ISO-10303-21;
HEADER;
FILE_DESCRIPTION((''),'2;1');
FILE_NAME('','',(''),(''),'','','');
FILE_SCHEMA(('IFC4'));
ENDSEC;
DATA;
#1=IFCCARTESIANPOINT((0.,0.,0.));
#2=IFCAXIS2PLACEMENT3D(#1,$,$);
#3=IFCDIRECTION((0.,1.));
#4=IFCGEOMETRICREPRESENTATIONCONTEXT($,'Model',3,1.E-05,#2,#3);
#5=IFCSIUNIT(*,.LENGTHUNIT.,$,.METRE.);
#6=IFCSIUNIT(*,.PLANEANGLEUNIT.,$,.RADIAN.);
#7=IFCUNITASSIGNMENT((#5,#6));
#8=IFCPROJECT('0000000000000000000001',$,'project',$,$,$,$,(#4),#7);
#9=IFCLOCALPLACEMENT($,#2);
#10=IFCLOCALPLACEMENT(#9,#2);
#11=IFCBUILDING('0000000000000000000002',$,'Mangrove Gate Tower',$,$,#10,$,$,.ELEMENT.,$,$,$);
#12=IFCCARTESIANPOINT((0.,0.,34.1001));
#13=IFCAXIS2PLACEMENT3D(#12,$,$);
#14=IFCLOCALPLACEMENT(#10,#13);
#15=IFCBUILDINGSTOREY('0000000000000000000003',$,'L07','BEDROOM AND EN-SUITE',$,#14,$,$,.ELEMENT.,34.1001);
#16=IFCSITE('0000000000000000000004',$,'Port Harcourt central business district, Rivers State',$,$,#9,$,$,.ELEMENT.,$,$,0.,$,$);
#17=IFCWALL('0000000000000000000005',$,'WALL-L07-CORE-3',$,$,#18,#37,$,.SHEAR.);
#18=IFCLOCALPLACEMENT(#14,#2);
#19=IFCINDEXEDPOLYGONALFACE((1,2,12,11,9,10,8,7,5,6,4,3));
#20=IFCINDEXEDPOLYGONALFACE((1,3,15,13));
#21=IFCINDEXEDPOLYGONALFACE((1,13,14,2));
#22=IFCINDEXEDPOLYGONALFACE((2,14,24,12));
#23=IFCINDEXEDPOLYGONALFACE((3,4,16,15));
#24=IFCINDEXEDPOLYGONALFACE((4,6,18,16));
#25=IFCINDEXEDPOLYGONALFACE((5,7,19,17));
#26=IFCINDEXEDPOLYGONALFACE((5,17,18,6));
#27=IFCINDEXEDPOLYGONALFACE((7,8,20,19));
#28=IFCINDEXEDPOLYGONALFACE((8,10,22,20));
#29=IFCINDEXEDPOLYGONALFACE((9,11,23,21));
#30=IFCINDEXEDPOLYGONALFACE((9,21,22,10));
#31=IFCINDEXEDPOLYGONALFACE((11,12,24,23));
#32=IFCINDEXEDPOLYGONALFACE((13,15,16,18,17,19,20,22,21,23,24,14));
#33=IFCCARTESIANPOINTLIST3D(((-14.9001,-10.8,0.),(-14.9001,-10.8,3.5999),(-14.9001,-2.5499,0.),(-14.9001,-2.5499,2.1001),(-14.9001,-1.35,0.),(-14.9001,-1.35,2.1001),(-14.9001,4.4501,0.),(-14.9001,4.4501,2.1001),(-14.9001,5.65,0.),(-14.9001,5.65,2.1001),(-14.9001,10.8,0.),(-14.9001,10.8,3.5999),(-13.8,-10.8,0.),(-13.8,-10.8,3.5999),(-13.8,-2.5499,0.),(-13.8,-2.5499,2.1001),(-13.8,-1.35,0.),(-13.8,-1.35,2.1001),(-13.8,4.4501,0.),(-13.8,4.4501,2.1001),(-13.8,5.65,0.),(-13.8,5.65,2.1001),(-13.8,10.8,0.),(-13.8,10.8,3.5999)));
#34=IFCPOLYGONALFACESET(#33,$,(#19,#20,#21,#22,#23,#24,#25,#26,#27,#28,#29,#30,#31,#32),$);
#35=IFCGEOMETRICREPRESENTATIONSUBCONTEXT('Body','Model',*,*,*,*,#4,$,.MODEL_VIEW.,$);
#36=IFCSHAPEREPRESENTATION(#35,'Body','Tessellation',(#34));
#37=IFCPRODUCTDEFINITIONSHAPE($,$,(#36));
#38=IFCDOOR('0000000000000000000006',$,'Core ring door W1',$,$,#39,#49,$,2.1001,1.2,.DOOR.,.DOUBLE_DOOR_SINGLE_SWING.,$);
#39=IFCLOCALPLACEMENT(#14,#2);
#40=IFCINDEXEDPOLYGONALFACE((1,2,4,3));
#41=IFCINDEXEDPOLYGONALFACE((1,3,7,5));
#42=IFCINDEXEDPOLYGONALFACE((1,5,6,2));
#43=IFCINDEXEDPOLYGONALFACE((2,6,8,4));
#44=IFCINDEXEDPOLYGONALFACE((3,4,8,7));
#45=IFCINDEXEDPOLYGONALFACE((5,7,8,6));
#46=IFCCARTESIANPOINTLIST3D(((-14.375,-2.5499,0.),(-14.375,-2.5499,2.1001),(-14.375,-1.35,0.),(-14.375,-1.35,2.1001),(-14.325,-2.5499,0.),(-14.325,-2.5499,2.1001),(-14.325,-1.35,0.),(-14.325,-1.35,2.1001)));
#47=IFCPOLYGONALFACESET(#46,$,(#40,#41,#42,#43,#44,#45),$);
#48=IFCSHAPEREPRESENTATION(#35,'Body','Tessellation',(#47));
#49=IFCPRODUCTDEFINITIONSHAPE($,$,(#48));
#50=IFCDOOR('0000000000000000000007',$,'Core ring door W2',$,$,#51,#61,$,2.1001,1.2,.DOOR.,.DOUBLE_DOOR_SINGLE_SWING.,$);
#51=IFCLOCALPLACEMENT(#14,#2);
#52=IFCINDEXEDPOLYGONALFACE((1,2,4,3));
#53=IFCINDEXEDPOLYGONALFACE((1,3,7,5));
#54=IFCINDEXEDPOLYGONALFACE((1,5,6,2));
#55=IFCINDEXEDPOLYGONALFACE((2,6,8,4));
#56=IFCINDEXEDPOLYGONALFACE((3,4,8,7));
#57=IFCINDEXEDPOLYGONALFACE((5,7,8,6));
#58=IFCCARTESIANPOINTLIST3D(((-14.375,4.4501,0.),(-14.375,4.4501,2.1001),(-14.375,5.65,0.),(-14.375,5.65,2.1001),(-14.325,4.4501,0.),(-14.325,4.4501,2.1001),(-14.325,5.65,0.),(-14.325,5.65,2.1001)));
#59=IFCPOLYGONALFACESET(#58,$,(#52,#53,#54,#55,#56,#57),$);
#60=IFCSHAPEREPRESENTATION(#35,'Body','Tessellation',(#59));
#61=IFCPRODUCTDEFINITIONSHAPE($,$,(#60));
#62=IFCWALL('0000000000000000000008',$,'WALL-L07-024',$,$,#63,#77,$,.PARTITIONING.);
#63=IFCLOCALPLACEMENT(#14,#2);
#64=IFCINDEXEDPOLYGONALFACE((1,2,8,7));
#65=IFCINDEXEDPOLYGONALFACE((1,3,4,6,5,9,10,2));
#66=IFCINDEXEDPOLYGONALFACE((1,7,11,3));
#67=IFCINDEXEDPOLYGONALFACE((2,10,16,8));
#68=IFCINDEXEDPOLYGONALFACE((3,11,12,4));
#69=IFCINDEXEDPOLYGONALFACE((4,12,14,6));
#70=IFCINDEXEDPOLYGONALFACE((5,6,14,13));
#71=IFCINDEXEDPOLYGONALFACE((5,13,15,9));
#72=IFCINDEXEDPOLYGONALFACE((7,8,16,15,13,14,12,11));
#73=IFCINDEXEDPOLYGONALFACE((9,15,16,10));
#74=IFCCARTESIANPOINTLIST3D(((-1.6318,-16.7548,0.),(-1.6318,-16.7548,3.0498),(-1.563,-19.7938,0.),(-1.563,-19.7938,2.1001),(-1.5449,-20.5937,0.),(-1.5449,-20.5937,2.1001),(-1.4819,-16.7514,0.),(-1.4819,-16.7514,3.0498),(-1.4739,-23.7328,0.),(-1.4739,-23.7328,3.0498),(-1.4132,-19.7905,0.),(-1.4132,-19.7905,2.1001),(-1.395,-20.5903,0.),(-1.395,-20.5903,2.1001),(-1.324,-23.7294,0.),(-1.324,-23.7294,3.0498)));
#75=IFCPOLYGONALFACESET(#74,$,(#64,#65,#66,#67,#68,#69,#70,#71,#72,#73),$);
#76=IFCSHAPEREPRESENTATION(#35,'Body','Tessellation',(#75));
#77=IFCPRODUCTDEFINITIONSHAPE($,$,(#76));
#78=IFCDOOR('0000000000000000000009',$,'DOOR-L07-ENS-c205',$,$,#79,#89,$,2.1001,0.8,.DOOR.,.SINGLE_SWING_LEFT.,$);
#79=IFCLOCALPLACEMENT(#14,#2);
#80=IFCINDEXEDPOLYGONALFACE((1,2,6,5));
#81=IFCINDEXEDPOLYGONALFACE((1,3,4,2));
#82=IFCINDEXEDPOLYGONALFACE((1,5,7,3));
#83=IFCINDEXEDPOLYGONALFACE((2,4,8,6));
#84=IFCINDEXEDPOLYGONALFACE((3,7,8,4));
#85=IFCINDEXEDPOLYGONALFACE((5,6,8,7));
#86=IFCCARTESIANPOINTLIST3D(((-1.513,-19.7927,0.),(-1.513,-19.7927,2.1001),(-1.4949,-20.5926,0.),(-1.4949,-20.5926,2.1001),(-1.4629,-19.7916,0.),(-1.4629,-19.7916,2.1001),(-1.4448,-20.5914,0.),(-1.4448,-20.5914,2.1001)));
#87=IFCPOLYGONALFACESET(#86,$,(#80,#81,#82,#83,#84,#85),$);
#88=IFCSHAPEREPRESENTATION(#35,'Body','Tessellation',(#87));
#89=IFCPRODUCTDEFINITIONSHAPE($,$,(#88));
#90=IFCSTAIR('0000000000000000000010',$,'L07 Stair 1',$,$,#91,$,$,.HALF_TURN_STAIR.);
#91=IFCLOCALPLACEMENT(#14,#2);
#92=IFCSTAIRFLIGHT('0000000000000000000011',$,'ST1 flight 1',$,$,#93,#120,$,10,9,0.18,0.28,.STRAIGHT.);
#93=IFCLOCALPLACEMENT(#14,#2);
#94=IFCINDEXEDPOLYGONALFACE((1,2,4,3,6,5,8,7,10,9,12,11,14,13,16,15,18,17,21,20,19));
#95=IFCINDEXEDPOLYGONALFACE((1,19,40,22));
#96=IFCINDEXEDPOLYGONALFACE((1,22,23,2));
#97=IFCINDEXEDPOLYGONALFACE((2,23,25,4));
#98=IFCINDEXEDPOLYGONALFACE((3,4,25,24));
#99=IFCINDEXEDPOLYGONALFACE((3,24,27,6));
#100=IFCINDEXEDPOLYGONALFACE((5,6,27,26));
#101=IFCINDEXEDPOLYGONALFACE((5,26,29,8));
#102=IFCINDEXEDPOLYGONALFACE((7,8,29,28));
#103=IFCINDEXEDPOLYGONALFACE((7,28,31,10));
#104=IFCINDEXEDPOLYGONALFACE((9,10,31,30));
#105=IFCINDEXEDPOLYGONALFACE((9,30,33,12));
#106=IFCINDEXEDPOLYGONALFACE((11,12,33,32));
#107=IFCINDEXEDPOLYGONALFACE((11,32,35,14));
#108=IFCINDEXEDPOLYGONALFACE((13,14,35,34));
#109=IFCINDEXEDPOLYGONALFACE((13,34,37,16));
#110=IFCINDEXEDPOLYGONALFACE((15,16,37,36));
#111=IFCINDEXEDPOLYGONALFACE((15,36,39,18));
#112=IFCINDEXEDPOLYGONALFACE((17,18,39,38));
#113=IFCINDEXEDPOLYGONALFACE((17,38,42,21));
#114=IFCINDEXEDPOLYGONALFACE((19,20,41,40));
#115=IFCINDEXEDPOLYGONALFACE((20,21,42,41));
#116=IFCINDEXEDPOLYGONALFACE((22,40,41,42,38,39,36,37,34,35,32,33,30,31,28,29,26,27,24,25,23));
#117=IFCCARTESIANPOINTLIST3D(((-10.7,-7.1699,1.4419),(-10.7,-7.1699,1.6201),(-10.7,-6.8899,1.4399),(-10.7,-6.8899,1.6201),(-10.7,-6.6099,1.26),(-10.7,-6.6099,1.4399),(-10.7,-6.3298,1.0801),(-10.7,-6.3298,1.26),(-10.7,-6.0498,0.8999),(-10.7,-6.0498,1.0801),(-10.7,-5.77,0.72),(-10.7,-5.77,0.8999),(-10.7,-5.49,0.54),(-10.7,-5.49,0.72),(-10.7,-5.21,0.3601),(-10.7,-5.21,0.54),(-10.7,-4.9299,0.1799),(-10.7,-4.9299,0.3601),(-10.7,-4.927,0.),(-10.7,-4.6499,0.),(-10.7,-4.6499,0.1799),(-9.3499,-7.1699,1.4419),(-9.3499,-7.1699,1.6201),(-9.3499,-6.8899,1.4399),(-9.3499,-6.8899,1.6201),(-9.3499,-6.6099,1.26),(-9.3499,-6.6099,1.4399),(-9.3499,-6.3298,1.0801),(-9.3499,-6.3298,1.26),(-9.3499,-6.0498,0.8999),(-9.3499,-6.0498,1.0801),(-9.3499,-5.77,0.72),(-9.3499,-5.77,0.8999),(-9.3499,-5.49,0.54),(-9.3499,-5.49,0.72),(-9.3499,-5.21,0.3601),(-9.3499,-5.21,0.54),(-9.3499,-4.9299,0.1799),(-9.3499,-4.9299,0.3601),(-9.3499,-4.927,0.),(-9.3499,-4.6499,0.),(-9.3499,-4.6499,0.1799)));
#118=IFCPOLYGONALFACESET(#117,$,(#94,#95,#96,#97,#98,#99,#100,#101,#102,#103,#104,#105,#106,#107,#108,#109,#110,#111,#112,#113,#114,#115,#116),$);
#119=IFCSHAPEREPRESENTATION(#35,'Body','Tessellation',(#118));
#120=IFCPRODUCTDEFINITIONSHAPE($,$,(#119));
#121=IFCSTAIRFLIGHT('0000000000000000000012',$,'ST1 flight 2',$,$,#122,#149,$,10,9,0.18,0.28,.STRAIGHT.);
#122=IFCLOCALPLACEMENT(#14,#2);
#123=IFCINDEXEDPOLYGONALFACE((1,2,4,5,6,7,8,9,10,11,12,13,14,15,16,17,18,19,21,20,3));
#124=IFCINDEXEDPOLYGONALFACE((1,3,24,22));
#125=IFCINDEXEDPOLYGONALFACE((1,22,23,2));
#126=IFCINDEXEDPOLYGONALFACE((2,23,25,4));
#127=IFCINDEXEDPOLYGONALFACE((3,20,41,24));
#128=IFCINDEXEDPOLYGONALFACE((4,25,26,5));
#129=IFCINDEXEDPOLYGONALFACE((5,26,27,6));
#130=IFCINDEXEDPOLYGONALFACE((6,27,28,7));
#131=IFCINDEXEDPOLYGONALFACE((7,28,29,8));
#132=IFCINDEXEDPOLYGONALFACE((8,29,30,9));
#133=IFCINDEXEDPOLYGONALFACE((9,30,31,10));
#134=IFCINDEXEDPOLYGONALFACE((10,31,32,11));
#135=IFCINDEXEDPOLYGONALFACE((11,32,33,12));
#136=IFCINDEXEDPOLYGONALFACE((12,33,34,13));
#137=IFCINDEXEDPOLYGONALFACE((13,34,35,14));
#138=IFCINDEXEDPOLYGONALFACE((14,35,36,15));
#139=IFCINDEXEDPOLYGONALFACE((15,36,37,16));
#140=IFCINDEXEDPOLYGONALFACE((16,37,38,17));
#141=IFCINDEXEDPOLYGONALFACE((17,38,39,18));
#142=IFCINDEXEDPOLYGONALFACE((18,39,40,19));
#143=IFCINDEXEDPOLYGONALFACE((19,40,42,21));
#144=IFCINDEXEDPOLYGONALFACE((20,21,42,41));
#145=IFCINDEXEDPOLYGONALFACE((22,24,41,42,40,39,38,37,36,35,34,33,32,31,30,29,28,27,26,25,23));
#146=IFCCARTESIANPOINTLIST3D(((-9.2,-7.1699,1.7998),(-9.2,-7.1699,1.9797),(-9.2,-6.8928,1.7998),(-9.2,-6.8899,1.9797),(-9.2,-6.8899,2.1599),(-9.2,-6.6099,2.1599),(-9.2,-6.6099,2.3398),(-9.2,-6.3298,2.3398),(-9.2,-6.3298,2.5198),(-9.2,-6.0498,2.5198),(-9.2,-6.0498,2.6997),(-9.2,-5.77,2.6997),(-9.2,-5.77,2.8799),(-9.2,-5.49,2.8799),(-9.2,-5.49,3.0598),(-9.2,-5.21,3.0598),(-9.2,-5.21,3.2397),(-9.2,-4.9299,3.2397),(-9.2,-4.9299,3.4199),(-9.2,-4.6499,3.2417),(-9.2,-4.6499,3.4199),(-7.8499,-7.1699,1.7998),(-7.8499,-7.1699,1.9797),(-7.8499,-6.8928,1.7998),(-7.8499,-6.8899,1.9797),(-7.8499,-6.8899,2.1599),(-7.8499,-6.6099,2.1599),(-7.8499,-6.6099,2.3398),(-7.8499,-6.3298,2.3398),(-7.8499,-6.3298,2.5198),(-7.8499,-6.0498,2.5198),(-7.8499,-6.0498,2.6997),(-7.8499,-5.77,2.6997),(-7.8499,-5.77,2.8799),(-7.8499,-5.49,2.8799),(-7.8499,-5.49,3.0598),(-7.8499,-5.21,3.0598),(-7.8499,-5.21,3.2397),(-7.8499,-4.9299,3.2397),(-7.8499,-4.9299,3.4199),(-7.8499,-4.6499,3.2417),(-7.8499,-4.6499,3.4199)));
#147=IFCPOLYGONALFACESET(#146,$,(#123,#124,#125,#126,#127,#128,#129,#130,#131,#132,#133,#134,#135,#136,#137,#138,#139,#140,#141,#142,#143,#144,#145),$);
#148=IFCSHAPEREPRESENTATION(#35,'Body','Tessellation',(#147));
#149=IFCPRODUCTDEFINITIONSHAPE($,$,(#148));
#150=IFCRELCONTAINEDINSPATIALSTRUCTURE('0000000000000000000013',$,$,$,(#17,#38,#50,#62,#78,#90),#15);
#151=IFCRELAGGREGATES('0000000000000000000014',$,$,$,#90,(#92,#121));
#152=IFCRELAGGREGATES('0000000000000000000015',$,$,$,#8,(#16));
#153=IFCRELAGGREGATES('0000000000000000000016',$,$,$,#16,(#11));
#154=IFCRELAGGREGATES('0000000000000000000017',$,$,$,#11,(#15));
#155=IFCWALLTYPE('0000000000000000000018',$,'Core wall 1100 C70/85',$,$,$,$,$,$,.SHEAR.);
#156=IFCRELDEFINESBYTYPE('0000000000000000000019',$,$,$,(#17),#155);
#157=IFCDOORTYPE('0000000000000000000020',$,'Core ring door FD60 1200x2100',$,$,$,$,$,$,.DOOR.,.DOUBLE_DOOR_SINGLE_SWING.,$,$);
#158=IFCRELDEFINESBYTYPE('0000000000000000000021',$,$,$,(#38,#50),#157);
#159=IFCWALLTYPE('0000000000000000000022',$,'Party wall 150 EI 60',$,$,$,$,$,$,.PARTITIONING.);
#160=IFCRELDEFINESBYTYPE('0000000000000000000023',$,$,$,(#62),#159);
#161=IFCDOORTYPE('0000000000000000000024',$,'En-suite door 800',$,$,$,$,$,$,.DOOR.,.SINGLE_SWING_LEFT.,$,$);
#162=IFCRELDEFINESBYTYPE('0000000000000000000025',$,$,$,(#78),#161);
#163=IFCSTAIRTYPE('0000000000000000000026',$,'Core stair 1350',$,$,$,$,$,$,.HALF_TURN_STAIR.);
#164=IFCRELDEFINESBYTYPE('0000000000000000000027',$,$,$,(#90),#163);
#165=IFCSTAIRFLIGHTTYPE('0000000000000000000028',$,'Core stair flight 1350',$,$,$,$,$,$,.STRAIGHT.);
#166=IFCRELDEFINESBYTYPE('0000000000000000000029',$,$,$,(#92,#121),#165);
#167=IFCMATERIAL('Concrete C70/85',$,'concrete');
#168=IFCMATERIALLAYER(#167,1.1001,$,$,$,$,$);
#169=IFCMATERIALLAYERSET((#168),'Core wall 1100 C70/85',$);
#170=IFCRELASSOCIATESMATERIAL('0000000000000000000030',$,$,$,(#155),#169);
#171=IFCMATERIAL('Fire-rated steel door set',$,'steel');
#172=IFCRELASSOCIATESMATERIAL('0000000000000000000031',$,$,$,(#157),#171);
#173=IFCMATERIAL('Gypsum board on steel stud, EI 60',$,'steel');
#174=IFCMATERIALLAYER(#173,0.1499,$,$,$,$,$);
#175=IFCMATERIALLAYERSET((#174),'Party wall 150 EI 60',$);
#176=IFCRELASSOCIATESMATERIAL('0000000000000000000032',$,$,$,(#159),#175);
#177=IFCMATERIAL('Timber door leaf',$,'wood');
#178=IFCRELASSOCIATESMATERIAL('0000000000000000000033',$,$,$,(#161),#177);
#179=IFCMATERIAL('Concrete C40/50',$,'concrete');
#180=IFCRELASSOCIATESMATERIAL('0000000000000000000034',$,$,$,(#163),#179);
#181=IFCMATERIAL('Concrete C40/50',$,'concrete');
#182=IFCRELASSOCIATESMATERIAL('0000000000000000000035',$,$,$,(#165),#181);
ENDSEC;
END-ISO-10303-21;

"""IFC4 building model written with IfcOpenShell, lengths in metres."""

from ifc_helpers import new_model, si_unit, direction, frame, frame_2d, origin, place, context, subcontext, project, spatial, polyline, rectangle, outline, extrude, material, layer, layer_set, type_object, element, fill, aggregate, save


model = new_model("IFC4")

# Units and contexts
model_context = context("Model", 3, precision=1e-05, world=origin(), true_north=direction((0.0, 1.0)))
body_context = subcontext(model_context, "Body", "Model", "MODEL_VIEW")
ifc_project = project(units=[si_unit("LENGTHUNIT", "METRE"), si_unit("PLANEANGLEUNIT", "RADIAN")], contexts=[model_context])

# Site, building, storey
site_placement = place(None, origin())
site = spatial("IfcSite", under=ifc_project, at=site_placement, Name="Port Harcourt central business district, Rivers State", CompositionType="ELEMENT", RefElevation=0.0)
building_placement = place(site_placement, origin())
building = spatial("IfcBuilding", under=site, at=building_placement, Name="Mangrove Gate Tower", CompositionType="ELEMENT")
storey_placement = place(building_placement, frame((0.0, 0.0, 34.1001)))
storey = spatial("IfcBuildingStorey", under=building, at=storey_placement, Name="L07", Description="BEDROOM AND EN-SUITE", CompositionType="ELEMENT", Elevation=34.1001)

# Shared definitions
ifc_material_1 = material(Name="Concrete C70/85", Category="concrete")
ifc_layer_1 = layer(ifc_material_1, 1.1001)
ifc_layer_set_1 = layer_set([ifc_layer_1], Name="Core wall 1100 C70/85")
wall_type_1 = type_object("IfcWallType", Name="Core wall 1100 C70/85", PredefinedType="SHEAR", material=ifc_layer_set_1)

# Wall, openings, doors
wall_1_placement = place(storey_placement, frame((-14.3501, -10.8, 0.0), z_axis=(0.0, 0.0, 1.0), x_axis=(0.0, 1.0, 0.0)))
wall_1 = element("IfcWall", 1, at=wall_1_placement, inside=storey, type_object=wall_type_1, Name="WALL-L07-CORE-3", PredefinedType="SHEAR", context=body_context, shape_type="SweptSolid", body=[
    extrude(rectangle(XDim=21.6001, YDim=1.1001, at=frame_2d((10.8, 0.0))), origin(), (0.0, 0.0, 1.0), 3.5999),
])
opening_1_placement = place(wall_1_placement, frame((8.25, 0.0, 0.0)))
opening_1 = element("IfcOpeningElement", 2, at=opening_1_placement, cuts=wall_1, PredefinedType="OPENING", context=body_context, shape_type="SweptSolid", body=[
    extrude(rectangle(XDim=1.2, YDim=2.1001, at=frame_2d((0.6001, 1.05))), frame((0.0, 0.5601, 0.0), z_axis=(0.0, -1.0, 0.0), x_axis=(1.0, 0.0, 0.0)), (0.0, 0.0, 1.0), 1.1201),
])
opening_2_placement = place(wall_1_placement, frame((15.25, 0.0, 0.0)))
opening_2 = element("IfcOpeningElement", 3, at=opening_2_placement, cuts=wall_1, PredefinedType="OPENING", context=body_context, shape_type="SweptSolid", body=[
    extrude(rectangle(XDim=1.2, YDim=2.1001, at=frame_2d((0.6001, 1.05))), frame((0.0, 0.5601, 0.0), z_axis=(0.0, -1.0, 0.0), x_axis=(1.0, 0.0, 0.0)), (0.0, 0.0, 1.0), 1.1201),
])
ifc_material_2 = material(Name="Fire-rated steel door set", Category="steel")
door_type_1 = type_object("IfcDoorType", Name="Core ring door FD60 1200x2100", OperationType="DOUBLE_DOOR_SINGLE_SWING", PredefinedType="DOOR", material=ifc_material_2)
door_1_placement = place(opening_1_placement, origin())
door_1 = element("IfcDoor", 4, at=door_1_placement, inside=storey, type_object=door_type_1, Name="Core ring door W1", OperationType="DOUBLE_DOOR_SINGLE_SWING", OverallHeight=2.1001, OverallWidth=1.2, PredefinedType="DOOR", context=body_context, shape_type="SweptSolid", body=[
    extrude(rectangle(XDim=1.2, YDim=2.1001, at=frame_2d((0.6001, 1.05))), frame((0.0, 0.0249, 0.0), z_axis=(0.0, -1.0, 0.0), x_axis=(1.0, 0.0, 0.0)), (0.0, 0.0, 1.0), 0.05),
])
fill(opening_1, door_1)
door_2_placement = place(opening_2_placement, origin())
door_2 = element("IfcDoor", 5, at=door_2_placement, inside=storey, type_object=door_type_1, Name="Core ring door W2", OperationType="DOUBLE_DOOR_SINGLE_SWING", OverallHeight=2.1001, OverallWidth=1.2, PredefinedType="DOOR", context=body_context, shape_type="SweptSolid", body=[
    extrude(rectangle(XDim=1.2, YDim=2.1001, at=frame_2d((0.6001, 1.05))), frame((0.0, 0.0249, 0.0), z_axis=(0.0, -1.0, 0.0), x_axis=(1.0, 0.0, 0.0)), (0.0, 0.0, 1.0), 0.05),
])
fill(opening_2, door_2)

# Wall, opening, door
ifc_material_3 = material(Name="Gypsum board on steel stud, EI 60", Category="steel")
ifc_layer_2 = layer(ifc_material_3, 0.1499)
ifc_layer_set_2 = layer_set([ifc_layer_2], Name="Party wall 150 EI 60")
wall_type_2 = type_object("IfcWallType", Name="Party wall 150 EI 60", PredefinedType="PARTITIONING", material=ifc_layer_set_2)
wall_2_placement = place(storey_placement, frame((-1.3989, -23.731, 0.0), z_axis=(0.0, 0.0, 1.0), x_axis=(-0.022631, 0.999744, 0.0)))
wall_2 = element("IfcWall", 6, at=wall_2_placement, inside=storey, type_object=wall_type_2, Name="WALL-L07-024", PredefinedType="PARTITIONING", context=body_context, shape_type="SweptSolid", body=[
    extrude(rectangle(XDim=6.9797, YDim=0.1499, at=frame_2d((3.4897, 0.0))), origin(), (0.0, 0.0, 1.0), 3.0498),
])
opening_3_placement = place(wall_2_placement, frame((3.1399, 0.0, 0.0)))
opening_3 = element("IfcOpeningElement", 7, at=opening_3_placement, cuts=wall_2, PredefinedType="OPENING", context=body_context, shape_type="SweptSolid", body=[
    extrude(rectangle(XDim=0.8, YDim=2.1001, at=frame_2d((0.3999, 1.05))), frame((0.0, 0.085, 0.0), z_axis=(0.0, -1.0, 0.0), x_axis=(1.0, 0.0, 0.0)), (0.0, 0.0, 1.0), 0.1699),
])
ifc_material_4 = material(Name="Timber door leaf", Category="wood")
door_type_2 = type_object("IfcDoorType", Name="En-suite door 800", OperationType="SINGLE_SWING_LEFT", PredefinedType="DOOR", material=ifc_material_4)
door_3_placement = place(opening_3_placement, origin())
door_3 = element("IfcDoor", 8, at=door_3_placement, inside=storey, type_object=door_type_2, Name="DOOR-L07-ENS-c205", OperationType="SINGLE_SWING_LEFT", OverallHeight=2.1001, OverallWidth=0.8, PredefinedType="DOOR", context=body_context, shape_type="SweptSolid", body=[
    extrude(rectangle(XDim=0.8, YDim=2.1001, at=frame_2d((0.3999, 1.05))), frame((0.0, 0.0249, 0.0), z_axis=(0.0, -1.0, 0.0), x_axis=(1.0, 0.0, 0.0)), (0.0, 0.0, 1.0), 0.05),
])
fill(opening_3, door_3)

# Stair, stair flights
ifc_material_5 = material(Name="Concrete C40/50", Category="concrete")
stair_type = type_object("IfcStairType", Name="Core stair 1350", PredefinedType="HALF_TURN_STAIR", material=ifc_material_5)
stair_1_placement = place(storey_placement, origin())
stair_1 = element("IfcStair", 9, at=stair_1_placement, inside=storey, type_object=stair_type, Name="L07 Stair 1", PredefinedType="HALF_TURN_STAIR")
ifc_material_6 = material(Name="Concrete C40/50", Category="concrete")
stair_flight_type = type_object("IfcStairFlightType", Name="Core stair flight 1350", PredefinedType="STRAIGHT", material=ifc_material_6)
stair_flight_1_placement = place(storey_placement, frame((-10.0249, -4.6499, 0.0), z_axis=(0.0, 0.0, 1.0), x_axis=(0.0, -1.0, 0.0)))
stair_flight_1 = element("IfcStairFlight", 10, at=stair_flight_1_placement, type_object=stair_flight_type, Name="ST1 flight 1", NumberOfRisers=10, NumberOfTreads=9, PredefinedType="STRAIGHT", RiserHeight=0.18, TreadLength=0.28, context=body_context, shape_type="SweptSolid", body=[
    extrude(outline(polyline([(0.0, 0.0), (0.0, 0.1799), (0.28, 0.1799), (0.28, 0.3601), (0.5601, 0.3601), (0.5601, 0.54), (0.8401, 0.54), (0.8401, 0.72), (1.1201, 0.72), (1.1201, 0.8999), (1.3999, 0.8999), (1.3999, 1.0801), (1.6799, 1.0801), (1.6799, 1.26), (1.96, 1.26), (1.96, 1.4399), (2.24, 1.4399), (2.24, 1.6201), (2.52, 1.6201), (2.52, 1.8), (2.52, 1.4419), (0.2771, 0.0), (0.0, 0.0)])), frame((0.0, 0.675, 0.0), z_axis=(0.0, -1.0, 0.0), x_axis=(1.0, 0.0, 0.0)), (0.0, 0.0, 1.0), 1.3501),
])
stair_flight_2_placement = place(storey_placement, frame((-8.5249, -7.1699, 1.7998), z_axis=(0.0, 0.0, 1.0), x_axis=(0.0, 1.0, 0.0)))
stair_flight_2 = element("IfcStairFlight", 11, at=stair_flight_2_placement, type_object=stair_flight_type, Name="ST1 flight 2", NumberOfRisers=10, NumberOfTreads=9, PredefinedType="STRAIGHT", RiserHeight=0.18, TreadLength=0.28, context=body_context, shape_type="SweptSolid", body=[
    extrude(outline(polyline([(0.0, 0.0), (0.0, 0.1799), (0.28, 0.1799), (0.28, 0.3601), (0.5601, 0.3601), (0.5601, 0.54), (0.8401, 0.54), (0.8401, 0.72), (1.1201, 0.72), (1.1201, 0.8999), (1.3999, 0.8999), (1.3999, 1.0801), (1.6799, 1.0801), (1.6799, 1.26), (1.96, 1.26), (1.96, 1.4399), (2.24, 1.4399), (2.24, 1.6201), (2.52, 1.6201), (2.52, 1.8), (2.52, 1.4419), (0.2771, 0.0), (0.0, 0.0)])), frame((0.0, 0.675, 0.0), z_axis=(0.0, -1.0, 0.0), x_axis=(1.0, 0.0, 0.0)), (0.0, 0.0, 1.0), 1.3501),
])
aggregate(stair_1, [stair_flight_1, stair_flight_2])

save(model, "model.ifc")
